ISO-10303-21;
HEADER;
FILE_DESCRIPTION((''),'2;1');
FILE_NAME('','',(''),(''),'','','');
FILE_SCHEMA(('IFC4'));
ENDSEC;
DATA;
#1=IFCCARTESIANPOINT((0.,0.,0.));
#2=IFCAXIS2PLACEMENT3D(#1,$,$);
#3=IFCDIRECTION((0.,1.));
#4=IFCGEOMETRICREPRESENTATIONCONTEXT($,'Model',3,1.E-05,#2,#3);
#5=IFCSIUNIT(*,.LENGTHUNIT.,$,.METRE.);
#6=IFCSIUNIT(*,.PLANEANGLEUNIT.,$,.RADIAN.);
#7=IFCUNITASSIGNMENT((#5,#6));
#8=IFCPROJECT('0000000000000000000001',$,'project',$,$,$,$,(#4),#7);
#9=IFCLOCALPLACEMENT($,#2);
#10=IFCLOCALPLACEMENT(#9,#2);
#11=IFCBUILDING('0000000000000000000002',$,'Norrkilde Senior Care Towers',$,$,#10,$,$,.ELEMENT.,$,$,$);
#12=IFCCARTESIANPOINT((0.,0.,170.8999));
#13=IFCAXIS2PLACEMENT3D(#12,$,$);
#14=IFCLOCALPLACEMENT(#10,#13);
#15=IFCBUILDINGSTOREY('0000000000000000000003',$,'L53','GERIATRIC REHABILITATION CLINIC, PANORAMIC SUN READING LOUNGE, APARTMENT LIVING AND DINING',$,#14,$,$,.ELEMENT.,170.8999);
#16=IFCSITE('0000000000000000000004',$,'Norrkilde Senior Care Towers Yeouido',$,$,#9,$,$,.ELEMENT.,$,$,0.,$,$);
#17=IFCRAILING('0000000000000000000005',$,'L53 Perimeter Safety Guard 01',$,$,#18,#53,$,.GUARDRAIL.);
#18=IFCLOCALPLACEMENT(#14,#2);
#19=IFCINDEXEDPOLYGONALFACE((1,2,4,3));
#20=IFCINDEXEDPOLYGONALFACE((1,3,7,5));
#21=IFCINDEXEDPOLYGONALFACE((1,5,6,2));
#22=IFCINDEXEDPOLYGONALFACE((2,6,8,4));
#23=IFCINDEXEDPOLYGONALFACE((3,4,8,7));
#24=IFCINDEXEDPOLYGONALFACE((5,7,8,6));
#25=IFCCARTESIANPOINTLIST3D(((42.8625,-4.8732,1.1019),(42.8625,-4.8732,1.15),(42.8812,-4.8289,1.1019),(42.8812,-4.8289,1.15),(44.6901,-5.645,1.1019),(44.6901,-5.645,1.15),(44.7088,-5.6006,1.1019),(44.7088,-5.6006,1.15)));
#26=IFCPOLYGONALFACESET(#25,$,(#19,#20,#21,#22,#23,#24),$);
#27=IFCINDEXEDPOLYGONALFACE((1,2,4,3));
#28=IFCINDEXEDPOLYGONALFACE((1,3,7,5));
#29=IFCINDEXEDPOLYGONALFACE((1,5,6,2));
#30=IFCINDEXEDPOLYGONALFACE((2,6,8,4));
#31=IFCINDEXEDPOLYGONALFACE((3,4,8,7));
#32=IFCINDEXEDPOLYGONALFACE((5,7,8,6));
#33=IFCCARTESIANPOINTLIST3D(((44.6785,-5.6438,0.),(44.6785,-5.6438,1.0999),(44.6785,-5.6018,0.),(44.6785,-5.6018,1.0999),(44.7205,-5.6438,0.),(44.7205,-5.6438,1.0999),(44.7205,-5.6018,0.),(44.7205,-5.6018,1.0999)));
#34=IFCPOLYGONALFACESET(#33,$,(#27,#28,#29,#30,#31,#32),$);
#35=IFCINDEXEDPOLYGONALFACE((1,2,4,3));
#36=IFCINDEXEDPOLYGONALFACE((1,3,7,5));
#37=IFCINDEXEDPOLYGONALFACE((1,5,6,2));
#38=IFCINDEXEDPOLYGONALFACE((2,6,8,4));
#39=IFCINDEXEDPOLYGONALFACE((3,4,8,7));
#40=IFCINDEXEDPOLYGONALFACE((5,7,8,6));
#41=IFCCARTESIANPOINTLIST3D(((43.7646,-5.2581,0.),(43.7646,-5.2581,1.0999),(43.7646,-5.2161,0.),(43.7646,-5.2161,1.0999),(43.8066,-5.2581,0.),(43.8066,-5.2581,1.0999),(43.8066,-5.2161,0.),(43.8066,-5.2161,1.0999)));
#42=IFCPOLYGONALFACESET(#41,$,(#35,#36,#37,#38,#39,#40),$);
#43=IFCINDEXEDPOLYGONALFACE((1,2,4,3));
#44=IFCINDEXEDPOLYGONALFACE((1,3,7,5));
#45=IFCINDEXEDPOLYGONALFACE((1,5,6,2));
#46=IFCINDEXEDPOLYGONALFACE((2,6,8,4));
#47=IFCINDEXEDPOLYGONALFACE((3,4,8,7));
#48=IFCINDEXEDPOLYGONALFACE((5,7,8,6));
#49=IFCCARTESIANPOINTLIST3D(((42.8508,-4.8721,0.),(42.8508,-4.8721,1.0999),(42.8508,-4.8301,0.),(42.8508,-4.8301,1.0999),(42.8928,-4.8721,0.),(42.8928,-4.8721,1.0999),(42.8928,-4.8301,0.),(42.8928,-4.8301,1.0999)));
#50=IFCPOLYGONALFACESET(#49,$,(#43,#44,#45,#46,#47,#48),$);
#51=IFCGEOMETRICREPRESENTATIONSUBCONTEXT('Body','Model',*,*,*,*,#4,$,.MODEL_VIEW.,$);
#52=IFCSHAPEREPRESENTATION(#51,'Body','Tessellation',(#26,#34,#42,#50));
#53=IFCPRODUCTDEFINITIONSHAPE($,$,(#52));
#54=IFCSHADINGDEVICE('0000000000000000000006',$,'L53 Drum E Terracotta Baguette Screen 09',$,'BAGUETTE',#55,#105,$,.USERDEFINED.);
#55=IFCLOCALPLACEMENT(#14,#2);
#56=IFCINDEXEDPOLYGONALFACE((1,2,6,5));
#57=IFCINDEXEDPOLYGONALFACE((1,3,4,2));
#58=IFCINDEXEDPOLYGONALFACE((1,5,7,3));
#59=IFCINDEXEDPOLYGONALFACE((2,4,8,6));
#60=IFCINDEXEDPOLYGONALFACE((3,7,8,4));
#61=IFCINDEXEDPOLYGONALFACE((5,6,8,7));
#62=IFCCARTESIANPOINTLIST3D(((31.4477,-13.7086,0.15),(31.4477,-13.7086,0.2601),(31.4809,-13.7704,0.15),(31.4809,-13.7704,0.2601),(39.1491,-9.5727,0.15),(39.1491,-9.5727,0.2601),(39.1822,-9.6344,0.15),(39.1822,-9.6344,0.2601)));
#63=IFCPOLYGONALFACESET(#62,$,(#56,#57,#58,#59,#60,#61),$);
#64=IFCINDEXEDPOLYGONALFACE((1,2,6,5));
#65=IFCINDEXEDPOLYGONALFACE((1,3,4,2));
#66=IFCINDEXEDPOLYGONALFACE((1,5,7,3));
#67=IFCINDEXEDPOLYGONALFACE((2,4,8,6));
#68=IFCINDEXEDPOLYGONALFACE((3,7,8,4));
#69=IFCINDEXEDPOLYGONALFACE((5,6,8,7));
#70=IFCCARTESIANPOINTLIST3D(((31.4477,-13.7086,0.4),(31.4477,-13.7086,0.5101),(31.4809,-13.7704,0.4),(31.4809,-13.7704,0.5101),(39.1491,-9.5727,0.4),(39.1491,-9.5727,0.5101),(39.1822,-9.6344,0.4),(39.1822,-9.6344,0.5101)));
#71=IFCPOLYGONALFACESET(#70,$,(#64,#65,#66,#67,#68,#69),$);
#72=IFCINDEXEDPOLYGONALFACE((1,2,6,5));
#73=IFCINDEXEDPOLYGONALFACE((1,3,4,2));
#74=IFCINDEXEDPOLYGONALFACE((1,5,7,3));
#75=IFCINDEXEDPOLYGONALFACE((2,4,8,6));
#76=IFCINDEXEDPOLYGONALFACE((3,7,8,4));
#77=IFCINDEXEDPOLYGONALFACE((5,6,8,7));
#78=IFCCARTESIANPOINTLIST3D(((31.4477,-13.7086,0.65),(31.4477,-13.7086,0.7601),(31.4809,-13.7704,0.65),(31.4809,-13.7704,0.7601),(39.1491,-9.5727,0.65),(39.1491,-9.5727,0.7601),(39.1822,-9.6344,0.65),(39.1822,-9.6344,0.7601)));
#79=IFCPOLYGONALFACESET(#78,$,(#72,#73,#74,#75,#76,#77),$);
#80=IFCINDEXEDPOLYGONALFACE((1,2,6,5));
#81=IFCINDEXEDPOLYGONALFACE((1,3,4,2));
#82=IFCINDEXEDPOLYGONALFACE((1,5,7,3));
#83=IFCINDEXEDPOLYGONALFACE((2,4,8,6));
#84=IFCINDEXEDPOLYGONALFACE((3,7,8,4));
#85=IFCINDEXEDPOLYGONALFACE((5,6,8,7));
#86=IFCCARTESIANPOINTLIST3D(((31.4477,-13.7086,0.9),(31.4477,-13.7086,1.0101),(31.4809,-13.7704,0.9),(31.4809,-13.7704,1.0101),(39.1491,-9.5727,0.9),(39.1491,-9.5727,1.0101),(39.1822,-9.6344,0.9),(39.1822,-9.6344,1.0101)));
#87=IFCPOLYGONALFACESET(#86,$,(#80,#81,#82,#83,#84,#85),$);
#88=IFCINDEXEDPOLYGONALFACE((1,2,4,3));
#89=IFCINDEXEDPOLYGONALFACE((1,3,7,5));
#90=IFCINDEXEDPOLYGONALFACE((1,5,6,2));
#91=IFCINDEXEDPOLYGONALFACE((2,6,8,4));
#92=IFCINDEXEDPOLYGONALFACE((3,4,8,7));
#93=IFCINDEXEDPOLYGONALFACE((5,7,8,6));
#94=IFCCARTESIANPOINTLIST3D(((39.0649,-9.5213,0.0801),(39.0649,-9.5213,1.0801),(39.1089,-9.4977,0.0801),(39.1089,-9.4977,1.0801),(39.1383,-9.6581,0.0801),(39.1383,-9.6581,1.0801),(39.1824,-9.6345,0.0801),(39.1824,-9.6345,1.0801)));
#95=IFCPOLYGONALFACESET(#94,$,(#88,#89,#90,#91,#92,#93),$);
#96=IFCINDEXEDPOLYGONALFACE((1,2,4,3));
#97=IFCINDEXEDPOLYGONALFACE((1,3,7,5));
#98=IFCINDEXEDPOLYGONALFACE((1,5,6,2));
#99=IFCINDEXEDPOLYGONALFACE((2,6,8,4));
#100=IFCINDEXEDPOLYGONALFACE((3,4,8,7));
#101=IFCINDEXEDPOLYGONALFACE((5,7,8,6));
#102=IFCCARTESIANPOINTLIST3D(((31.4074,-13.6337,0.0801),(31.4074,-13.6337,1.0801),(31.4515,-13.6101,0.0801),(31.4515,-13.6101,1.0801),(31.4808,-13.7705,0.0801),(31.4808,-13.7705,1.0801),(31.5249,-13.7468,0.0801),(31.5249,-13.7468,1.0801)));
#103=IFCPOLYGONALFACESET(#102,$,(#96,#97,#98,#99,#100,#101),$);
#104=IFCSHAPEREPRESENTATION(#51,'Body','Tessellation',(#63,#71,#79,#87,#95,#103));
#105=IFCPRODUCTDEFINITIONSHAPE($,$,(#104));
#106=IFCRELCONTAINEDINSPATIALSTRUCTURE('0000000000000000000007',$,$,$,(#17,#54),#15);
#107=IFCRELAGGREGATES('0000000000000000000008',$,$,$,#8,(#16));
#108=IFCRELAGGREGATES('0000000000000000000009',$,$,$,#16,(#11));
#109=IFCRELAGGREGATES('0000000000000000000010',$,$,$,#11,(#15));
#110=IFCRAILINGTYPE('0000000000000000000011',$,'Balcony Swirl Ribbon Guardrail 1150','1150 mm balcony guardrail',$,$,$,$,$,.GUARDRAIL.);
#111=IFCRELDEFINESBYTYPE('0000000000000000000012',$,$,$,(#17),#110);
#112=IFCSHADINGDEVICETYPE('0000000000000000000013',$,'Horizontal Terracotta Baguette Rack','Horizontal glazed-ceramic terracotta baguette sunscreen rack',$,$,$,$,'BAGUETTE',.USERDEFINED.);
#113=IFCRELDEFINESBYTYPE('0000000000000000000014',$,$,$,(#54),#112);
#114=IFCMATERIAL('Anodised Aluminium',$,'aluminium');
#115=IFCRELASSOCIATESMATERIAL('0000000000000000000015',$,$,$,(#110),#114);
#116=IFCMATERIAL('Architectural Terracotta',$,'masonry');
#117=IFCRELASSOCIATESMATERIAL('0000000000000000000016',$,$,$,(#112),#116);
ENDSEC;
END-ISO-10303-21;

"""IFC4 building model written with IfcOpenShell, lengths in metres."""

from ifc_helpers import new_model, si_unit, direction, frame, origin, origin_2d, place, context, subcontext, project, spatial, rectangle, extrude, source, transform, mapped, material, type_object, type_shapes, element, save


model = new_model("IFC4")

# Units and contexts
model_context = context("Model", 3, precision=1e-05, world=origin(), true_north=direction((0.0, 1.0)))
body_context = subcontext(model_context, "Body", "Model", "MODEL_VIEW")
ifc_project = project(units=[si_unit("LENGTHUNIT", "METRE"), si_unit("PLANEANGLEUNIT", "RADIAN")], contexts=[model_context])

# Site, building, storey
site_placement = place(None, origin())
site = spatial("IfcSite", under=ifc_project, at=site_placement, Name="Norrkilde Senior Care Towers Yeouido", CompositionType="ELEMENT", RefElevation=0.0)
building_placement = place(site_placement, origin())
building = spatial("IfcBuilding", under=site, at=building_placement, Name="Norrkilde Senior Care Towers", CompositionType="ELEMENT")
storey_placement = place(building_placement, frame((0.0, 0.0, 170.8999)))
storey = spatial("IfcBuildingStorey", under=building, at=storey_placement, Name="L53", Description="GERIATRIC REHABILITATION CLINIC, PANORAMIC SUN READING LOUNGE, APARTMENT LIVING AND DINING", CompositionType="ELEMENT", Elevation=170.8999)

# Shared definitions
ifc_material_1 = material(Name="Anodised Aluminium", Category="aluminium")

# Railing
railing_type = type_object("IfcRailingType", Name="Balcony Swirl Ribbon Guardrail 1150", Description="1150 mm balcony guardrail", PredefinedType="GUARDRAIL", material=ifc_material_1)
railing_placement = place(storey_placement, frame((44.6995, -5.6228, 0.0)))
element("IfcRailing", 1, at=railing_placement, inside=storey, type_object=railing_type, Name="L53 Perimeter Safety Guard 01", PredefinedType="GUARDRAIL", context=body_context, shape_type="SweptSolid", body=[
    extrude(rectangle(XDim=0.0481, YDim=0.0481, at=origin_2d()), frame((0.0, 0.0, 1.126), z_axis=(-0.921239, 0.388998, 0.0), x_axis=(-0.388998, -0.921239, 0.0)), (0.0, 0.0, 1.0), 1.9839),
    extrude(rectangle(XDim=0.042, YDim=0.042, at=origin_2d()), origin(), (0.0, 0.0, 1.0), 1.0999),
    extrude(rectangle(XDim=0.042, YDim=0.042, at=origin_2d()), frame((-0.9138, 0.3857, 0.0)), (0.0, 0.0, 1.0), 1.0999),
    extrude(rectangle(XDim=0.042, YDim=0.042, at=origin_2d()), frame((-1.8276, 0.7717, 0.0)), (0.0, 0.0, 1.0), 1.0999),
])

# Shading device
ifc_material_2 = material(Name="Architectural Terracotta", Category="masonry")
shading_device_type = type_object("IfcShadingDeviceType", Name="Horizontal Terracotta Baguette Rack", Description="Horizontal glazed-ceramic terracotta baguette sunscreen rack", ElementType="BAGUETTE", PredefinedType="USERDEFINED", material=ifc_material_2)
shared_shape_1 = source(origin(), body_context, "Body", "SweptSolid", [
    extrude(rectangle(XDim=0.0701, YDim=0.1101, at=origin_2d()), frame((0.0, 0.0901, 0.125), z_axis=(1.0, 0.0, 0.0), x_axis=(0.0, 1.0, 0.0)), (0.0, 0.0, 1.0), 8.7417),
    extrude(rectangle(XDim=0.0701, YDim=0.1101, at=origin_2d()), frame((0.0, 0.0901, 0.375), z_axis=(1.0, 0.0, 0.0), x_axis=(0.0, 1.0, 0.0)), (0.0, 0.0, 1.0), 8.7417),
    extrude(rectangle(XDim=0.0701, YDim=0.1101, at=origin_2d()), frame((0.0, 0.0901, 0.625), z_axis=(1.0, 0.0, 0.0), x_axis=(0.0, 1.0, 0.0)), (0.0, 0.0, 1.0), 8.7417),
    extrude(rectangle(XDim=0.0701, YDim=0.1101, at=origin_2d()), frame((0.0, 0.0901, 0.875), z_axis=(1.0, 0.0, 0.0), x_axis=(0.0, 1.0, 0.0)), (0.0, 0.0, 1.0), 8.7417),
    extrude(rectangle(XDim=0.05, YDim=0.1553, at=origin_2d()), frame((0.0249, 0.0476, 0.0)), (0.0, 0.0, 1.0), 1.0),
    extrude(rectangle(XDim=0.05, YDim=0.1553, at=origin_2d()), frame((8.7168, 0.0476, 0.0)), (0.0, 0.0, 1.0), 1.0),
])
type_shapes(shading_device_type, [shared_shape_1])
shading_device_placement = place(storey_placement, frame((39.123, -9.5242, 0.0801), z_axis=(0.0, 0.0, 1.0), x_axis=(-0.880998, -0.473133, 0.0)))
element("IfcShadingDevice", 2, at=shading_device_placement, inside=storey, type_object=shading_device_type, Name="L53 Drum E Terracotta Baguette Screen 09", ObjectType="BAGUETTE", PredefinedType="USERDEFINED", context=body_context, shape_type="MappedRepresentation", body=[
    mapped(shared_shape_1, transform((0.0, 0.0, 0.0), x_axis=(1.0, 0.0, 0.0), y_axis=(0.0, 1.0, 0.0), z_axis=(0.0, 0.0, 1.0), scale=1.0)),
])

save(model, "model.ifc")
